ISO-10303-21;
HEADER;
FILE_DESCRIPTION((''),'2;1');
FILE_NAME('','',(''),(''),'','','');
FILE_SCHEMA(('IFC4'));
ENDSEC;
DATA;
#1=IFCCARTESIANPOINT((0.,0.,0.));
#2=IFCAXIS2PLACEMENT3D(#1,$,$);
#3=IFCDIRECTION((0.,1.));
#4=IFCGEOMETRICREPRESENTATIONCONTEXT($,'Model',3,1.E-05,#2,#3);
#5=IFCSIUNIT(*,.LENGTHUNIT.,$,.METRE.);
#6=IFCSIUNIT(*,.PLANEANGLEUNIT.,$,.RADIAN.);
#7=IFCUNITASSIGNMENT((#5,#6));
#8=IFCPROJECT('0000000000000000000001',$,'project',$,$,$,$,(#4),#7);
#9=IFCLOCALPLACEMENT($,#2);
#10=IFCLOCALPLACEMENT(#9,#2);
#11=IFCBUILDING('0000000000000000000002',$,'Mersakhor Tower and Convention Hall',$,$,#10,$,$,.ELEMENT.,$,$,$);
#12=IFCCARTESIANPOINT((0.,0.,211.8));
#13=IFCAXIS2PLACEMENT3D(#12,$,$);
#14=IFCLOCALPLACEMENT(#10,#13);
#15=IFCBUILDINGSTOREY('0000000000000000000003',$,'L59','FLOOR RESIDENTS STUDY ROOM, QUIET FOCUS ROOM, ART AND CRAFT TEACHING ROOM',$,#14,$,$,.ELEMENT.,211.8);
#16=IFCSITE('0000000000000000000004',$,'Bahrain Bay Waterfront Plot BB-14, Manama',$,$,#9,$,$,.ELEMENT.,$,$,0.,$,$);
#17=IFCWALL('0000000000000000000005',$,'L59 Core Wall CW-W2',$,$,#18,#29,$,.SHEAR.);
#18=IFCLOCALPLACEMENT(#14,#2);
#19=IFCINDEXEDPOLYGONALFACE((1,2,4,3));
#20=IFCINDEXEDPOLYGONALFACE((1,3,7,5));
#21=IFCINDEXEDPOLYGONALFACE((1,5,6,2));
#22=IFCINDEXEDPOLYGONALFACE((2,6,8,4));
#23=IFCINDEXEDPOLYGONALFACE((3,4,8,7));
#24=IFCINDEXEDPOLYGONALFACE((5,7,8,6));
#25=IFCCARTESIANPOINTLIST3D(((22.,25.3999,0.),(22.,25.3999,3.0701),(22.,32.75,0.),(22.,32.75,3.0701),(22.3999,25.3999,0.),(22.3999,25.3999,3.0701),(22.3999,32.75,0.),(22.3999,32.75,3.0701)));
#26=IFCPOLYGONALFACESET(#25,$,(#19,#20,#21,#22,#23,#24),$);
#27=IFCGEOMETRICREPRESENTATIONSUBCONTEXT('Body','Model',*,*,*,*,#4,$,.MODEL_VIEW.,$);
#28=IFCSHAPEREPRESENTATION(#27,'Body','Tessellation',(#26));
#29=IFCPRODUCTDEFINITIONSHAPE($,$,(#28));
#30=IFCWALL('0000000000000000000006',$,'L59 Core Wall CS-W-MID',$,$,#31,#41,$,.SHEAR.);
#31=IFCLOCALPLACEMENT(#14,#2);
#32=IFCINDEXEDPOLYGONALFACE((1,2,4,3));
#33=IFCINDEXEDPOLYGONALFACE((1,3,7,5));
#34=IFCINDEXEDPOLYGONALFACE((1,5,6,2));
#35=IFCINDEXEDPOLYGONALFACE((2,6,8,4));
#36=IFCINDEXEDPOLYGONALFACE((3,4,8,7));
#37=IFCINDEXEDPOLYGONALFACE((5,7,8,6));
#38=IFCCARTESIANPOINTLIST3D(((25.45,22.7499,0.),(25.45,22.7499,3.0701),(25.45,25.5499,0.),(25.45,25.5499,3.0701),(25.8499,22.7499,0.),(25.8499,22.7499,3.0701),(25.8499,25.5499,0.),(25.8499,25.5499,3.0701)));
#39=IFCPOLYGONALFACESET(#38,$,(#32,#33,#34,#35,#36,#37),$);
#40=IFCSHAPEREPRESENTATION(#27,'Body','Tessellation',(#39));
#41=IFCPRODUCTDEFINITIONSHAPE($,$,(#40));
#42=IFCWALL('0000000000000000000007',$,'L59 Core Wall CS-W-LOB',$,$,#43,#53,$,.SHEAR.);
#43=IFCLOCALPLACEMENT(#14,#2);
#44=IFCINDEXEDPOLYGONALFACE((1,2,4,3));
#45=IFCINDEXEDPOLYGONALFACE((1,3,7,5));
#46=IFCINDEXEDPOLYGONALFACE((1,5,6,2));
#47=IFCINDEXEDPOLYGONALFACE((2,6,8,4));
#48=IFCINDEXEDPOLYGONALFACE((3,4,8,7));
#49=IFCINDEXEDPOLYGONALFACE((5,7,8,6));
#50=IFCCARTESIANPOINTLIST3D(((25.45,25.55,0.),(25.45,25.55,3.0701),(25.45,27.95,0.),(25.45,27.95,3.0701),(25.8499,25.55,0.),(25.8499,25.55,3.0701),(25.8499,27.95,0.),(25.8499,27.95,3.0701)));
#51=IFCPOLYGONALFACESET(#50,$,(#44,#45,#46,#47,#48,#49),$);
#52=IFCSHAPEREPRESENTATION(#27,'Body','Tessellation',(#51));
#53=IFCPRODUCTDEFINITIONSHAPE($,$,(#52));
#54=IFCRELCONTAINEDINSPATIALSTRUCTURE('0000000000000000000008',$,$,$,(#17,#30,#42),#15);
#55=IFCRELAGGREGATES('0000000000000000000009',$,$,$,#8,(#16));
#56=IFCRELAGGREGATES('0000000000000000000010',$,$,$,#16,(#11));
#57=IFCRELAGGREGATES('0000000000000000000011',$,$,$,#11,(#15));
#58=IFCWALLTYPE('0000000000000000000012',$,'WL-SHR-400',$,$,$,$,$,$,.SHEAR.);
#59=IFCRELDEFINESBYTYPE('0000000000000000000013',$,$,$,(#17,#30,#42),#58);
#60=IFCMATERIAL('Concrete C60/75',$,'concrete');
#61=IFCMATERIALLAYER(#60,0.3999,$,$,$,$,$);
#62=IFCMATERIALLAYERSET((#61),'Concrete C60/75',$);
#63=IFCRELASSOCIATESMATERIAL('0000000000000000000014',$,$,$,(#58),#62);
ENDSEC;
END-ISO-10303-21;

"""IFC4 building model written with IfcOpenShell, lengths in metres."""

from ifc_helpers import new_model, si_unit, direction, frame, frame_2d, origin, place, context, subcontext, project, spatial, rectangle, extrude, material, layer, layer_set, type_object, element, save


model = new_model("IFC4")

# Units and contexts
model_context = context("Model", 3, precision=1e-05, world=origin(), true_north=direction((0.0, 1.0)))
body_context = subcontext(model_context, "Body", "Model", "MODEL_VIEW")
ifc_project = project(units=[si_unit("LENGTHUNIT", "METRE"), si_unit("PLANEANGLEUNIT", "RADIAN")], contexts=[model_context])

# Site, building, storey
site_placement = place(None, origin())
site = spatial("IfcSite", under=ifc_project, at=site_placement, Name="Bahrain Bay Waterfront Plot BB-14, Manama", CompositionType="ELEMENT", RefElevation=0.0)
building_placement = place(site_placement, origin())
building = spatial("IfcBuilding", under=site, at=building_placement, Name="Mersakhor Tower and Convention Hall", CompositionType="ELEMENT")
storey_placement = place(building_placement, frame((0.0, 0.0, 211.8)))
storey = spatial("IfcBuildingStorey", under=building, at=storey_placement, Name="L59", Description="FLOOR RESIDENTS STUDY ROOM, QUIET FOCUS ROOM, ART AND CRAFT TEACHING ROOM", CompositionType="ELEMENT", Elevation=211.8)

# Wall
ifc_material_1 = material(Name="Concrete C60/75", Category="concrete")
ifc_layer_1 = layer(ifc_material_1, 0.3999)
ifc_layer_set_1 = layer_set([ifc_layer_1], Name="Concrete C60/75")
wall_type_1 = type_object("IfcWallType", Name="WL-SHR-400", PredefinedType="SHEAR", material=ifc_layer_set_1)
wall_1_placement = place(storey_placement, frame((22.2, 25.3999, 0.0), z_axis=(0.0, 0.0, 1.0), x_axis=(0.0, 1.0, 0.0)))
element("IfcWall", 1, at=wall_1_placement, inside=storey, type_object=wall_type_1, Name="L59 Core Wall CW-W2", PredefinedType="SHEAR", context=body_context, shape_type="SweptSolid", body=[
    extrude(rectangle(XDim=7.3501, YDim=0.3999, at=frame_2d((3.675, 0.0))), origin(), (0.0, 0.0, 1.0), 3.0701),
])

# Walls
wall_2_placement = place(storey_placement, frame((25.6499, 22.75, 0.0), z_axis=(0.0, 0.0, 1.0), x_axis=(0.0, 1.0, 0.0)))
element("IfcWall", 2, at=wall_2_placement, inside=storey, type_object=wall_type_1, Name="L59 Core Wall CS-W-MID", PredefinedType="SHEAR", context=body_context, shape_type="SweptSolid", body=[
    extrude(rectangle(XDim=2.8, YDim=0.3999, at=frame_2d((1.3999, 0.0))), origin(), (0.0, 0.0, 1.0), 3.0701),
])
wall_3_placement = place(storey_placement, frame((25.6499, 25.55, 0.0), z_axis=(0.0, 0.0, 1.0), x_axis=(0.0, 1.0, 0.0)))
element("IfcWall", 3, at=wall_3_placement, inside=storey, type_object=wall_type_1, Name="L59 Core Wall CS-W-LOB", PredefinedType="SHEAR", context=body_context, shape_type="SweptSolid", body=[
    extrude(rectangle(XDim=2.3999, YDim=0.3999, at=frame_2d((1.2, 0.0))), origin(), (0.0, 0.0, 1.0), 3.0701),
])

save(model, "model.ifc")
